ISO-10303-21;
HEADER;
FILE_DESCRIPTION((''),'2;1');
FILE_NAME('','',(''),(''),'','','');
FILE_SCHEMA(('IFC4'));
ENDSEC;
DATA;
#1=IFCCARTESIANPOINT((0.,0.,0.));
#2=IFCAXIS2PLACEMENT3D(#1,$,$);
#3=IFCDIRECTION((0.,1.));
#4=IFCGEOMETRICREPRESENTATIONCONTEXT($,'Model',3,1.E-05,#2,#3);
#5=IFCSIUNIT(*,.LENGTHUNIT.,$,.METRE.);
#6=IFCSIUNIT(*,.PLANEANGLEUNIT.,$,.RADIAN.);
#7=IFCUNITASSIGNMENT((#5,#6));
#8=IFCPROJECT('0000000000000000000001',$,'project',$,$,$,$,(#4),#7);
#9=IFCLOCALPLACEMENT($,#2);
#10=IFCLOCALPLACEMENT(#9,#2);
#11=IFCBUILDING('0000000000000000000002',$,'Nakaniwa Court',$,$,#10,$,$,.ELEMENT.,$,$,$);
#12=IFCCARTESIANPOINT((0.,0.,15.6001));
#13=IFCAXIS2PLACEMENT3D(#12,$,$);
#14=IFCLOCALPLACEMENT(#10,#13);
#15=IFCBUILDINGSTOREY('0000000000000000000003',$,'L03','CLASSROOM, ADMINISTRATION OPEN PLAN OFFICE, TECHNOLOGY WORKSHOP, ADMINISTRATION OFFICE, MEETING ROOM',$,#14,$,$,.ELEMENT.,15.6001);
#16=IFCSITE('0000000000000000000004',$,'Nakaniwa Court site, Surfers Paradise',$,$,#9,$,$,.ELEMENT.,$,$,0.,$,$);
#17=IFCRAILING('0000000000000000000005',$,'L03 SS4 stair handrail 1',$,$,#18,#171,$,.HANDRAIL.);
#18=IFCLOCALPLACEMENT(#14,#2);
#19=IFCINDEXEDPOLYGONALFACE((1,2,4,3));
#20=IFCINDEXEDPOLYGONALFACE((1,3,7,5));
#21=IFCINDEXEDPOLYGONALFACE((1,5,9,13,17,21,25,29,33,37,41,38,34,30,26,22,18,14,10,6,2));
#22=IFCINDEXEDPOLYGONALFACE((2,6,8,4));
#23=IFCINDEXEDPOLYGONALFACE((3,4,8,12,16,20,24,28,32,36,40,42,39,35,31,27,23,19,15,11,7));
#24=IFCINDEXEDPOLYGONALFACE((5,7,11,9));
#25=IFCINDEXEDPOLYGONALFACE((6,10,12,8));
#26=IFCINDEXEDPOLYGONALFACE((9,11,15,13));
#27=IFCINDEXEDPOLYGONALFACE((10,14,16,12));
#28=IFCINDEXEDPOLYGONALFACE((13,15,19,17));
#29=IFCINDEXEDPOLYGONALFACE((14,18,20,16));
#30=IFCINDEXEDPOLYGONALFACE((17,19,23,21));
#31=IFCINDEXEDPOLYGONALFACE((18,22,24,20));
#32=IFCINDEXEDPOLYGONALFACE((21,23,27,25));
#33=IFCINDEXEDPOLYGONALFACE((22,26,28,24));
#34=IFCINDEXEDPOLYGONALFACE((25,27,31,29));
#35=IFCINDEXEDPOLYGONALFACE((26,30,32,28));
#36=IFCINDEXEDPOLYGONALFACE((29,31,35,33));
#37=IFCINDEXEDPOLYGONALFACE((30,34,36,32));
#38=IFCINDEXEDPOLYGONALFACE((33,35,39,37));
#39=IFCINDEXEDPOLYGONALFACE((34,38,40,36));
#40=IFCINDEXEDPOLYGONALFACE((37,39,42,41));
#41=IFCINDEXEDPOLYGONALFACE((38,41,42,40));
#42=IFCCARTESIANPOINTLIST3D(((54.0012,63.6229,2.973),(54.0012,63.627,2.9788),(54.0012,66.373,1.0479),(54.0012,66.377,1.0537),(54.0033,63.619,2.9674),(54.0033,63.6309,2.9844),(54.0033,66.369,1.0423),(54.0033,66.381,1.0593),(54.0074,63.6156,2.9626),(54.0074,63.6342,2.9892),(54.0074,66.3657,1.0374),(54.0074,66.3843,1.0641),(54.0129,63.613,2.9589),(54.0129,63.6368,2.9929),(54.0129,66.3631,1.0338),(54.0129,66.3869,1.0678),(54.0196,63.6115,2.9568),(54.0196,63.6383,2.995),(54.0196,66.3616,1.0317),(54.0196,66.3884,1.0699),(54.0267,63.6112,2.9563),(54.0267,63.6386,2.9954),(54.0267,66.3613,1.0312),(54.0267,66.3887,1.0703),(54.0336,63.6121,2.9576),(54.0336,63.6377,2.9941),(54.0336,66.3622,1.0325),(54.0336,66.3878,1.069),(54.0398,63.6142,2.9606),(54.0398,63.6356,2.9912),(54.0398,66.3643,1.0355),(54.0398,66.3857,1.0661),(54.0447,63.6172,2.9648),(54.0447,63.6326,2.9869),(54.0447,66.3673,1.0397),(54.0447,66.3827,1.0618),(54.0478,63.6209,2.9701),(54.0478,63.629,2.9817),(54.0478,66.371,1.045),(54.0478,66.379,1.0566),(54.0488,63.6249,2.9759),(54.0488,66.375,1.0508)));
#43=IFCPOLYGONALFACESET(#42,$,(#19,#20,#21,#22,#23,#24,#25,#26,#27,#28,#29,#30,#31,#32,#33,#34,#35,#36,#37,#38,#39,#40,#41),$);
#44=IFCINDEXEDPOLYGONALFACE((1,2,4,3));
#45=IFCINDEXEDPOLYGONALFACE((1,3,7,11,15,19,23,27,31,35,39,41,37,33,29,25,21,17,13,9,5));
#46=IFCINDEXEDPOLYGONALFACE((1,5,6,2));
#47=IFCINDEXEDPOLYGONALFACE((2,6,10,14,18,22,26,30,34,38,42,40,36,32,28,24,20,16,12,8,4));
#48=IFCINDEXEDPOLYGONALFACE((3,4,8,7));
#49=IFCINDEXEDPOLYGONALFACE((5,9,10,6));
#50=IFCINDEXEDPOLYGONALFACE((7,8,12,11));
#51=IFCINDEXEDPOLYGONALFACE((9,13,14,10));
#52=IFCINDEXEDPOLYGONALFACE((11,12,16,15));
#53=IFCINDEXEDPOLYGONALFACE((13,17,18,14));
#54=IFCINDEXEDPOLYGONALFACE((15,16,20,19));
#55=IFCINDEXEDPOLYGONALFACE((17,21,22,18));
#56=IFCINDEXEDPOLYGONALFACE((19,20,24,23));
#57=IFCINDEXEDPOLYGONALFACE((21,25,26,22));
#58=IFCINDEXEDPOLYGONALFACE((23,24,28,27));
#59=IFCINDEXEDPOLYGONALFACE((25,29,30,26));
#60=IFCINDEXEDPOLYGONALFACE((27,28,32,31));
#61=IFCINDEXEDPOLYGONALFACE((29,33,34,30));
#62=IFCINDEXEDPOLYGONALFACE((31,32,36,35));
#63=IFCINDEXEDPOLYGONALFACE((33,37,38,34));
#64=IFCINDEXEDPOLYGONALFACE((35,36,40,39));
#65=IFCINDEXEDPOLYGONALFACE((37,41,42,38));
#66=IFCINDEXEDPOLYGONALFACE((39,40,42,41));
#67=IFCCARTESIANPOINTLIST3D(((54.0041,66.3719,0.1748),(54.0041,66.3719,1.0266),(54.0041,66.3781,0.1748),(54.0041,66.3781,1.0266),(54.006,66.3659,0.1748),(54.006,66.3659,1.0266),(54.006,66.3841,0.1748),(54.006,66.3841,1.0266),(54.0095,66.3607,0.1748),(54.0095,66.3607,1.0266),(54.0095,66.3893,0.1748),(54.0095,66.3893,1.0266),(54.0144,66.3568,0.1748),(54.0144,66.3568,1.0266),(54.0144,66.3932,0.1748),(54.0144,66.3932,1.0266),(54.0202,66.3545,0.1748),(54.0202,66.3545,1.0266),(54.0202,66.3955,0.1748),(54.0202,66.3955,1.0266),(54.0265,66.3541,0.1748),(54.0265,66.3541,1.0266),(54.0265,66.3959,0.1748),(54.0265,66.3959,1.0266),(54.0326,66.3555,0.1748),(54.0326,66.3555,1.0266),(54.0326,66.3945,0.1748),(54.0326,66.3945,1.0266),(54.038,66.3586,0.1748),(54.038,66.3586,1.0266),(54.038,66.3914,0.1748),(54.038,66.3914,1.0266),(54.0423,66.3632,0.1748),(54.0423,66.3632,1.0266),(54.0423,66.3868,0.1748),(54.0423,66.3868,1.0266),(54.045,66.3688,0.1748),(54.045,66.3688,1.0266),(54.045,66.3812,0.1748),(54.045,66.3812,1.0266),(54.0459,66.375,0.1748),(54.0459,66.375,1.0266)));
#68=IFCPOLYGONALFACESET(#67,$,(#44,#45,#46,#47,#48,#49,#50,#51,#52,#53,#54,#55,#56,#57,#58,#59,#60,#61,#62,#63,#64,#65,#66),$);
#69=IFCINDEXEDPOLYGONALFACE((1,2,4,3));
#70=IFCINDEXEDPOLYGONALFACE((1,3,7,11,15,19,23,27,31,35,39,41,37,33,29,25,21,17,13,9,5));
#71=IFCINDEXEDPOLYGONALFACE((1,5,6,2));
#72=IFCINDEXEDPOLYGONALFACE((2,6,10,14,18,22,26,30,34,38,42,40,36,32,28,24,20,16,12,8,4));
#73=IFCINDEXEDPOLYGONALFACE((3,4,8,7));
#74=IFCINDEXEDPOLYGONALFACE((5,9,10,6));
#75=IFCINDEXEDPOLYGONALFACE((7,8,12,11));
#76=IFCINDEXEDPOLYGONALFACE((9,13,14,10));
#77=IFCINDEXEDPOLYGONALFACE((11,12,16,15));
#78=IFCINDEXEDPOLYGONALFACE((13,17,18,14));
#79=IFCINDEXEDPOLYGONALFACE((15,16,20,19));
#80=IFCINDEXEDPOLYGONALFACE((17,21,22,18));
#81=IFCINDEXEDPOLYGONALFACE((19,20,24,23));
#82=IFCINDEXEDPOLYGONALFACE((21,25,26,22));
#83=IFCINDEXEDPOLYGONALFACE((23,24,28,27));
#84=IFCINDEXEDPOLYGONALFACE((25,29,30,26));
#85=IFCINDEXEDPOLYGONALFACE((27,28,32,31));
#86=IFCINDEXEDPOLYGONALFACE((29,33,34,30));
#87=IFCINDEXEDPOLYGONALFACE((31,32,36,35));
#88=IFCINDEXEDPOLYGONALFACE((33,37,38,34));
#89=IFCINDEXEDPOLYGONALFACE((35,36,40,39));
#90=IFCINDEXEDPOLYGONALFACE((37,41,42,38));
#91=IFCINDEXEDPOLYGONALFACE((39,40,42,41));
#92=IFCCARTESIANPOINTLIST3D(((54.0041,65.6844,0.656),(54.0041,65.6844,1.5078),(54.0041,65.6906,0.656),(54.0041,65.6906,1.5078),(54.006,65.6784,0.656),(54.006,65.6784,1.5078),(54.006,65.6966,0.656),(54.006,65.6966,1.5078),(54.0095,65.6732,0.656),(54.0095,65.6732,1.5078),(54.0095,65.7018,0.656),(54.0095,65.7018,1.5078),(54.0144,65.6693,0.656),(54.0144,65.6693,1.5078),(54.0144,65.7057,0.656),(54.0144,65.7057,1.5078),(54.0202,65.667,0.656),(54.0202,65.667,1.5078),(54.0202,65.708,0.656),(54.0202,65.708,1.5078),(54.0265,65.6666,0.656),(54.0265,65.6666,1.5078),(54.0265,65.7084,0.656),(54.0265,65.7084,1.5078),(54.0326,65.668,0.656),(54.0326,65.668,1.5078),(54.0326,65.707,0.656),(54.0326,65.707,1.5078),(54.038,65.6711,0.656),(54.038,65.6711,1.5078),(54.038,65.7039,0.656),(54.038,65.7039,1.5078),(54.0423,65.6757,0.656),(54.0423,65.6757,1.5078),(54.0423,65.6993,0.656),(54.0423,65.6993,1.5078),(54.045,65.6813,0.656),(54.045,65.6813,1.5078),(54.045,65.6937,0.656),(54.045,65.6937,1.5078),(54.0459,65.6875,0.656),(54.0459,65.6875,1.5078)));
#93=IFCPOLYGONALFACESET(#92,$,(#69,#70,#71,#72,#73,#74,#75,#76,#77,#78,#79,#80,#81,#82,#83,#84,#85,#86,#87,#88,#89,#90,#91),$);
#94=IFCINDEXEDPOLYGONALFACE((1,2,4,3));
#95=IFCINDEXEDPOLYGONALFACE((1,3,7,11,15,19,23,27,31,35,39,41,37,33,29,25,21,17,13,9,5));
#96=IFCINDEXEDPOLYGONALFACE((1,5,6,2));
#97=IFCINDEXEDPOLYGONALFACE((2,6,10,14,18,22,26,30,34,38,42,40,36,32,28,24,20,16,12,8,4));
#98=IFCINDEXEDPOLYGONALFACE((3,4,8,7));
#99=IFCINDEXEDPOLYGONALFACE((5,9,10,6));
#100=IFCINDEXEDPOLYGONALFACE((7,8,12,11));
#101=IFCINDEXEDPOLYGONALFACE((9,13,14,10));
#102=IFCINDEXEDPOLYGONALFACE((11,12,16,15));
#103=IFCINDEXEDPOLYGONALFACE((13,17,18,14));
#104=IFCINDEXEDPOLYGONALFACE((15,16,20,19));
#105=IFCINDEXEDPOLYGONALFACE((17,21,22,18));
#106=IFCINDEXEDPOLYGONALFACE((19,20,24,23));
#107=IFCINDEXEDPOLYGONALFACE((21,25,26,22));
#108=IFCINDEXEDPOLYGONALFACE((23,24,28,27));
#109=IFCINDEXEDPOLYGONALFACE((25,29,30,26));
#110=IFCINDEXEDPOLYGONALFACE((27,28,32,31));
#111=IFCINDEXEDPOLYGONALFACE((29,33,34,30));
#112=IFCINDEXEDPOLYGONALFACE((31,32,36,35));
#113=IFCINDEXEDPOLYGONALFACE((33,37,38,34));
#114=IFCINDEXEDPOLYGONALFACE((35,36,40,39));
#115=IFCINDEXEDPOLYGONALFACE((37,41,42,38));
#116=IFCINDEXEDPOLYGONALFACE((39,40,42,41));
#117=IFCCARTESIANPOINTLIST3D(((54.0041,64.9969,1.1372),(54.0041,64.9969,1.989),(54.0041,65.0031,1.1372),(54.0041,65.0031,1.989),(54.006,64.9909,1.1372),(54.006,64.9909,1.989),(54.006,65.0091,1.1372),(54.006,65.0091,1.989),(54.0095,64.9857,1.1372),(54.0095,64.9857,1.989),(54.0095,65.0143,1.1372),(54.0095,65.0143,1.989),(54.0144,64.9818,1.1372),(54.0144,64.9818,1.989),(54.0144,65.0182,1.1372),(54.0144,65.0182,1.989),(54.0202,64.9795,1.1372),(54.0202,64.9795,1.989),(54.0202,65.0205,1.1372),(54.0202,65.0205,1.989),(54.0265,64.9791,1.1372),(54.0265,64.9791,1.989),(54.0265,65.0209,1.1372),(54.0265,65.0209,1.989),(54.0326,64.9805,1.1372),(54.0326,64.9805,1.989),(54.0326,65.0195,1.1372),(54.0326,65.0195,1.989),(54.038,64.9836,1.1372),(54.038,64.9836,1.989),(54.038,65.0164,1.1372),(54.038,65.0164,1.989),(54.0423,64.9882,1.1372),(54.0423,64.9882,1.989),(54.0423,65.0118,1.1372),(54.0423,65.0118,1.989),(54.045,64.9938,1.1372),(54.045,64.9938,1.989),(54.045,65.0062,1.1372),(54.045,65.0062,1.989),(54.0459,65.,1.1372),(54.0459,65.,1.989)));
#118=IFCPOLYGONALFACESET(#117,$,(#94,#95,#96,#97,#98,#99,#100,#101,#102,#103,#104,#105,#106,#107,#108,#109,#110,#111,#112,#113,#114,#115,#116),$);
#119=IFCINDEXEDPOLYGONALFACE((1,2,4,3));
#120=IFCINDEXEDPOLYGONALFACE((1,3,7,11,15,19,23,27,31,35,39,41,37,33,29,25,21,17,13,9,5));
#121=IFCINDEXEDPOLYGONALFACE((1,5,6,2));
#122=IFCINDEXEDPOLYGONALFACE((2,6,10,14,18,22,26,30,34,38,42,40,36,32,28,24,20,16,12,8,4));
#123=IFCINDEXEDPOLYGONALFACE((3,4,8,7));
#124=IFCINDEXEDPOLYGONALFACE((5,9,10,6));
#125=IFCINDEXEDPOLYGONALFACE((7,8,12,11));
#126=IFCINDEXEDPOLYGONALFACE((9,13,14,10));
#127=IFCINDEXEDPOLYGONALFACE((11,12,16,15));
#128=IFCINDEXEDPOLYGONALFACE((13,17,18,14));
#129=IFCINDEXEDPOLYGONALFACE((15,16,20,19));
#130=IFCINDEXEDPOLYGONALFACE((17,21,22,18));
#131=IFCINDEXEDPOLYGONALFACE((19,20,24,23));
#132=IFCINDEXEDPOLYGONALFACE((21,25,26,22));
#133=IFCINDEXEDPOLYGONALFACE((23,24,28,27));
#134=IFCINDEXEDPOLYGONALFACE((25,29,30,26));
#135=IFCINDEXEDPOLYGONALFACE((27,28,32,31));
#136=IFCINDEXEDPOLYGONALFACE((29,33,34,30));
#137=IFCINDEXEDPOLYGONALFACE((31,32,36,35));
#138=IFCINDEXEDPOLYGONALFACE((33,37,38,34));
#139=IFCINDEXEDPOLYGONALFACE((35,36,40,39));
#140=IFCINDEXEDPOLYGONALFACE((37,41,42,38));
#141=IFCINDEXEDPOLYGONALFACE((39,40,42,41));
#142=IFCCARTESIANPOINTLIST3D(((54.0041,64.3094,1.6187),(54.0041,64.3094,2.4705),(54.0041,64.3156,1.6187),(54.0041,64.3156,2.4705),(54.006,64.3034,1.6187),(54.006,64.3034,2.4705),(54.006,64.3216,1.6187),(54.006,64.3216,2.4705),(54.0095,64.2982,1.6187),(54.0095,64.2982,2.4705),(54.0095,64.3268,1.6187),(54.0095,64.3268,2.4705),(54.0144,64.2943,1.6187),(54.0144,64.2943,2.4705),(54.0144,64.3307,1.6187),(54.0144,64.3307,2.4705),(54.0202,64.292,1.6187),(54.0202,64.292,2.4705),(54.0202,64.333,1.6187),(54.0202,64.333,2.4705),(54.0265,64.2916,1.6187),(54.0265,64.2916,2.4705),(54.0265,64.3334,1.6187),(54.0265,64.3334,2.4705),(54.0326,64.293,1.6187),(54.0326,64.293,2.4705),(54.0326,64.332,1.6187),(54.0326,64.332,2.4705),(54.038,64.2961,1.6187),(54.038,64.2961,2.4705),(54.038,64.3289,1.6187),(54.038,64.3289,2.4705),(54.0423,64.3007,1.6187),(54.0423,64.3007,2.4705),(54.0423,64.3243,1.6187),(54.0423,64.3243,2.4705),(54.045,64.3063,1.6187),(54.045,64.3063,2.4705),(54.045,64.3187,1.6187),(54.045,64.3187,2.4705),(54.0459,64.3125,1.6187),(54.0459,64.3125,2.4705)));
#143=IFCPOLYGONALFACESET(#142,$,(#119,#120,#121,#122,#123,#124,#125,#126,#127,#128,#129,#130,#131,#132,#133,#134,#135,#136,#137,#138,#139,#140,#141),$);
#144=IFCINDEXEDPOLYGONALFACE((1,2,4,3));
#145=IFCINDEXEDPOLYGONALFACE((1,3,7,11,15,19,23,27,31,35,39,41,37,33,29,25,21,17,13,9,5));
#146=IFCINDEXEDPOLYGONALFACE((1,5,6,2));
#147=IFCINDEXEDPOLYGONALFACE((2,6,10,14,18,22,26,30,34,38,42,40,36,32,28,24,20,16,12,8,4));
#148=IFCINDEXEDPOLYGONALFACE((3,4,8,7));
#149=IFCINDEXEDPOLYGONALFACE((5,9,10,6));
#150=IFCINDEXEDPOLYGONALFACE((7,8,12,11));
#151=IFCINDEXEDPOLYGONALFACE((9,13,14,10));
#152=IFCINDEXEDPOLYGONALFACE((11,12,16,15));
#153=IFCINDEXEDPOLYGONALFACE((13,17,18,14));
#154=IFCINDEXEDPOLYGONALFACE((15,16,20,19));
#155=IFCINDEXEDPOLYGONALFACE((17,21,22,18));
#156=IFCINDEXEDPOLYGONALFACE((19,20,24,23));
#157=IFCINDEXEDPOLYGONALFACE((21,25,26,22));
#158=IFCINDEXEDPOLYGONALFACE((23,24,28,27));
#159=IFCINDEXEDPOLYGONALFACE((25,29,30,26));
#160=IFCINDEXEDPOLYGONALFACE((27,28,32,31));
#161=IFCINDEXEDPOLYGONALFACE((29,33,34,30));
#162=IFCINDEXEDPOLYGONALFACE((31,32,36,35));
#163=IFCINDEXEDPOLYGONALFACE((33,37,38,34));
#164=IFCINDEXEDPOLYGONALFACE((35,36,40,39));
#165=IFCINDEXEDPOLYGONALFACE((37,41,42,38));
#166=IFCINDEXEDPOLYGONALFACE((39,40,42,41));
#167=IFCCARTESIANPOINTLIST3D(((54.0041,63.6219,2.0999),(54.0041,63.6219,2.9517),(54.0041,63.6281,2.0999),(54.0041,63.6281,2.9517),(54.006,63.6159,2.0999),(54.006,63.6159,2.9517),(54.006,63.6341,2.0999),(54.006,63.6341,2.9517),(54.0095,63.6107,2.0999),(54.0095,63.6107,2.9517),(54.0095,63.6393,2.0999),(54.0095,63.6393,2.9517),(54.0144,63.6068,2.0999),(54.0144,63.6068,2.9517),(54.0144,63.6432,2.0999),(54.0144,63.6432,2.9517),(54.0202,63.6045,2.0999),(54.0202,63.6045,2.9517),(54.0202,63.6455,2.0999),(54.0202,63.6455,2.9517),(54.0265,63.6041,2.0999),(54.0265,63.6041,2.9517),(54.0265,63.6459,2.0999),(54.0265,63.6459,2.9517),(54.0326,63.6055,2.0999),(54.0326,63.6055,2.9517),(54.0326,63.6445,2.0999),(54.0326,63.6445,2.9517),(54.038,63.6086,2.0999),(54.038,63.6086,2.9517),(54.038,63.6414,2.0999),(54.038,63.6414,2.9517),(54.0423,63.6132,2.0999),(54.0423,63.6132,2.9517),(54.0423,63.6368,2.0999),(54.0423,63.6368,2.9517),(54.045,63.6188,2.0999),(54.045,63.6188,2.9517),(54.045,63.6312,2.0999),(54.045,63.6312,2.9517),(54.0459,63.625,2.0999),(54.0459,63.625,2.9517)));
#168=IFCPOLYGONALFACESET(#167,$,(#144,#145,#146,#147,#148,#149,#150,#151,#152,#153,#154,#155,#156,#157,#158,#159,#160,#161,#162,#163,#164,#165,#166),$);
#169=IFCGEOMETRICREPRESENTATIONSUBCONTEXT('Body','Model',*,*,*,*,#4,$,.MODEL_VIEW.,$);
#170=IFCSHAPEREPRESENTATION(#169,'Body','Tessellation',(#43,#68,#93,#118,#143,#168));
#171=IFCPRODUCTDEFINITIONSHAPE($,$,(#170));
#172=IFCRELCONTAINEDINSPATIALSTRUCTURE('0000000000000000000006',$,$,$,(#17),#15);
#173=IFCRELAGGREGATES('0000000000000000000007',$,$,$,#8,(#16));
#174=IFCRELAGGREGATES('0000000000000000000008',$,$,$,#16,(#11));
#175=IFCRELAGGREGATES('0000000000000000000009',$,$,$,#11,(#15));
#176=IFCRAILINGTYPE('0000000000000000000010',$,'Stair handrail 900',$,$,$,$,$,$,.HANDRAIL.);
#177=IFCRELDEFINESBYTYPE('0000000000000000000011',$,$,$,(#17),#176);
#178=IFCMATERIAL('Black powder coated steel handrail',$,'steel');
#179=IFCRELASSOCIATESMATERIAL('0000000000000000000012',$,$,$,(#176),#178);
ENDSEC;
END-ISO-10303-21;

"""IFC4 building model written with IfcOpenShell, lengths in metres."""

from ifc_helpers import new_model, si_unit, direction, frame, origin, origin_2d, place, context, subcontext, project, spatial, circle, extrude, material, type_object, element, save


model = new_model("IFC4")

# Units and contexts
model_context = context("Model", 3, precision=1e-05, world=origin(), true_north=direction((0.0, 1.0)))
body_context = subcontext(model_context, "Body", "Model", "MODEL_VIEW")
ifc_project = project(units=[si_unit("LENGTHUNIT", "METRE"), si_unit("PLANEANGLEUNIT", "RADIAN")], contexts=[model_context])

# Site, building, storey
site_placement = place(None, origin())
site = spatial("IfcSite", under=ifc_project, at=site_placement, Name="Nakaniwa Court site, Surfers Paradise", CompositionType="ELEMENT", RefElevation=0.0)
building_placement = place(site_placement, origin())
building = spatial("IfcBuilding", under=site, at=building_placement, Name="Nakaniwa Court", CompositionType="ELEMENT")
storey_placement = place(building_placement, frame((0.0, 0.0, 15.6001)))
storey = spatial("IfcBuildingStorey", under=building, at=storey_placement, Name="L03", Description="CLASSROOM, ADMINISTRATION OPEN PLAN OFFICE, TECHNOLOGY WORKSHOP, ADMINISTRATION OFFICE, MEETING ROOM", CompositionType="ELEMENT", Elevation=15.6001)

# Railing
ifc_material_1 = material(Name="Black powder coated steel handrail", Category="steel")
railing_type_1 = type_object("IfcRailingType", Name="Stair handrail 900", PredefinedType="HANDRAIL", material=ifc_material_1)
railing_1_placement = place(storey_placement, frame((54.0249, 66.375, 0.1748)))
element("IfcRailing", 1, at=railing_1_placement, inside=storey, type_object=railing_type_1, Name="L03 SS4 stair handrail 1", PredefinedType="HANDRAIL", context=body_context, shape_type="SweptSolid", body=[
    extrude(circle(Radius=0.0239, at=origin_2d()), frame((0.0, 0.0, 0.876), z_axis=(0.0, -0.819225, 0.573472), x_axis=(1.0, 0.0, 0.0)), (0.0, 0.0, 1.0), 3.3569),
    extrude(circle(Radius=0.021, at=origin_2d()), origin(), (0.0, 0.0, 1.0), 0.8518),
    extrude(circle(Radius=0.021, at=origin_2d()), frame((0.0, -0.6875, 0.4812)), (0.0, 0.0, 1.0), 0.8518),
    extrude(circle(Radius=0.021, at=origin_2d()), frame((0.0, -1.375, 0.9624)), (0.0, 0.0, 1.0), 0.8518),
    extrude(circle(Radius=0.021, at=origin_2d()), frame((0.0, -2.0625, 1.4438)), (0.0, 0.0, 1.0), 0.8518),
    extrude(circle(Radius=0.021, at=origin_2d()), frame((0.0, -2.75, 1.925)), (0.0, 0.0, 1.0), 0.8518),
])

save(model, "model.ifc")
